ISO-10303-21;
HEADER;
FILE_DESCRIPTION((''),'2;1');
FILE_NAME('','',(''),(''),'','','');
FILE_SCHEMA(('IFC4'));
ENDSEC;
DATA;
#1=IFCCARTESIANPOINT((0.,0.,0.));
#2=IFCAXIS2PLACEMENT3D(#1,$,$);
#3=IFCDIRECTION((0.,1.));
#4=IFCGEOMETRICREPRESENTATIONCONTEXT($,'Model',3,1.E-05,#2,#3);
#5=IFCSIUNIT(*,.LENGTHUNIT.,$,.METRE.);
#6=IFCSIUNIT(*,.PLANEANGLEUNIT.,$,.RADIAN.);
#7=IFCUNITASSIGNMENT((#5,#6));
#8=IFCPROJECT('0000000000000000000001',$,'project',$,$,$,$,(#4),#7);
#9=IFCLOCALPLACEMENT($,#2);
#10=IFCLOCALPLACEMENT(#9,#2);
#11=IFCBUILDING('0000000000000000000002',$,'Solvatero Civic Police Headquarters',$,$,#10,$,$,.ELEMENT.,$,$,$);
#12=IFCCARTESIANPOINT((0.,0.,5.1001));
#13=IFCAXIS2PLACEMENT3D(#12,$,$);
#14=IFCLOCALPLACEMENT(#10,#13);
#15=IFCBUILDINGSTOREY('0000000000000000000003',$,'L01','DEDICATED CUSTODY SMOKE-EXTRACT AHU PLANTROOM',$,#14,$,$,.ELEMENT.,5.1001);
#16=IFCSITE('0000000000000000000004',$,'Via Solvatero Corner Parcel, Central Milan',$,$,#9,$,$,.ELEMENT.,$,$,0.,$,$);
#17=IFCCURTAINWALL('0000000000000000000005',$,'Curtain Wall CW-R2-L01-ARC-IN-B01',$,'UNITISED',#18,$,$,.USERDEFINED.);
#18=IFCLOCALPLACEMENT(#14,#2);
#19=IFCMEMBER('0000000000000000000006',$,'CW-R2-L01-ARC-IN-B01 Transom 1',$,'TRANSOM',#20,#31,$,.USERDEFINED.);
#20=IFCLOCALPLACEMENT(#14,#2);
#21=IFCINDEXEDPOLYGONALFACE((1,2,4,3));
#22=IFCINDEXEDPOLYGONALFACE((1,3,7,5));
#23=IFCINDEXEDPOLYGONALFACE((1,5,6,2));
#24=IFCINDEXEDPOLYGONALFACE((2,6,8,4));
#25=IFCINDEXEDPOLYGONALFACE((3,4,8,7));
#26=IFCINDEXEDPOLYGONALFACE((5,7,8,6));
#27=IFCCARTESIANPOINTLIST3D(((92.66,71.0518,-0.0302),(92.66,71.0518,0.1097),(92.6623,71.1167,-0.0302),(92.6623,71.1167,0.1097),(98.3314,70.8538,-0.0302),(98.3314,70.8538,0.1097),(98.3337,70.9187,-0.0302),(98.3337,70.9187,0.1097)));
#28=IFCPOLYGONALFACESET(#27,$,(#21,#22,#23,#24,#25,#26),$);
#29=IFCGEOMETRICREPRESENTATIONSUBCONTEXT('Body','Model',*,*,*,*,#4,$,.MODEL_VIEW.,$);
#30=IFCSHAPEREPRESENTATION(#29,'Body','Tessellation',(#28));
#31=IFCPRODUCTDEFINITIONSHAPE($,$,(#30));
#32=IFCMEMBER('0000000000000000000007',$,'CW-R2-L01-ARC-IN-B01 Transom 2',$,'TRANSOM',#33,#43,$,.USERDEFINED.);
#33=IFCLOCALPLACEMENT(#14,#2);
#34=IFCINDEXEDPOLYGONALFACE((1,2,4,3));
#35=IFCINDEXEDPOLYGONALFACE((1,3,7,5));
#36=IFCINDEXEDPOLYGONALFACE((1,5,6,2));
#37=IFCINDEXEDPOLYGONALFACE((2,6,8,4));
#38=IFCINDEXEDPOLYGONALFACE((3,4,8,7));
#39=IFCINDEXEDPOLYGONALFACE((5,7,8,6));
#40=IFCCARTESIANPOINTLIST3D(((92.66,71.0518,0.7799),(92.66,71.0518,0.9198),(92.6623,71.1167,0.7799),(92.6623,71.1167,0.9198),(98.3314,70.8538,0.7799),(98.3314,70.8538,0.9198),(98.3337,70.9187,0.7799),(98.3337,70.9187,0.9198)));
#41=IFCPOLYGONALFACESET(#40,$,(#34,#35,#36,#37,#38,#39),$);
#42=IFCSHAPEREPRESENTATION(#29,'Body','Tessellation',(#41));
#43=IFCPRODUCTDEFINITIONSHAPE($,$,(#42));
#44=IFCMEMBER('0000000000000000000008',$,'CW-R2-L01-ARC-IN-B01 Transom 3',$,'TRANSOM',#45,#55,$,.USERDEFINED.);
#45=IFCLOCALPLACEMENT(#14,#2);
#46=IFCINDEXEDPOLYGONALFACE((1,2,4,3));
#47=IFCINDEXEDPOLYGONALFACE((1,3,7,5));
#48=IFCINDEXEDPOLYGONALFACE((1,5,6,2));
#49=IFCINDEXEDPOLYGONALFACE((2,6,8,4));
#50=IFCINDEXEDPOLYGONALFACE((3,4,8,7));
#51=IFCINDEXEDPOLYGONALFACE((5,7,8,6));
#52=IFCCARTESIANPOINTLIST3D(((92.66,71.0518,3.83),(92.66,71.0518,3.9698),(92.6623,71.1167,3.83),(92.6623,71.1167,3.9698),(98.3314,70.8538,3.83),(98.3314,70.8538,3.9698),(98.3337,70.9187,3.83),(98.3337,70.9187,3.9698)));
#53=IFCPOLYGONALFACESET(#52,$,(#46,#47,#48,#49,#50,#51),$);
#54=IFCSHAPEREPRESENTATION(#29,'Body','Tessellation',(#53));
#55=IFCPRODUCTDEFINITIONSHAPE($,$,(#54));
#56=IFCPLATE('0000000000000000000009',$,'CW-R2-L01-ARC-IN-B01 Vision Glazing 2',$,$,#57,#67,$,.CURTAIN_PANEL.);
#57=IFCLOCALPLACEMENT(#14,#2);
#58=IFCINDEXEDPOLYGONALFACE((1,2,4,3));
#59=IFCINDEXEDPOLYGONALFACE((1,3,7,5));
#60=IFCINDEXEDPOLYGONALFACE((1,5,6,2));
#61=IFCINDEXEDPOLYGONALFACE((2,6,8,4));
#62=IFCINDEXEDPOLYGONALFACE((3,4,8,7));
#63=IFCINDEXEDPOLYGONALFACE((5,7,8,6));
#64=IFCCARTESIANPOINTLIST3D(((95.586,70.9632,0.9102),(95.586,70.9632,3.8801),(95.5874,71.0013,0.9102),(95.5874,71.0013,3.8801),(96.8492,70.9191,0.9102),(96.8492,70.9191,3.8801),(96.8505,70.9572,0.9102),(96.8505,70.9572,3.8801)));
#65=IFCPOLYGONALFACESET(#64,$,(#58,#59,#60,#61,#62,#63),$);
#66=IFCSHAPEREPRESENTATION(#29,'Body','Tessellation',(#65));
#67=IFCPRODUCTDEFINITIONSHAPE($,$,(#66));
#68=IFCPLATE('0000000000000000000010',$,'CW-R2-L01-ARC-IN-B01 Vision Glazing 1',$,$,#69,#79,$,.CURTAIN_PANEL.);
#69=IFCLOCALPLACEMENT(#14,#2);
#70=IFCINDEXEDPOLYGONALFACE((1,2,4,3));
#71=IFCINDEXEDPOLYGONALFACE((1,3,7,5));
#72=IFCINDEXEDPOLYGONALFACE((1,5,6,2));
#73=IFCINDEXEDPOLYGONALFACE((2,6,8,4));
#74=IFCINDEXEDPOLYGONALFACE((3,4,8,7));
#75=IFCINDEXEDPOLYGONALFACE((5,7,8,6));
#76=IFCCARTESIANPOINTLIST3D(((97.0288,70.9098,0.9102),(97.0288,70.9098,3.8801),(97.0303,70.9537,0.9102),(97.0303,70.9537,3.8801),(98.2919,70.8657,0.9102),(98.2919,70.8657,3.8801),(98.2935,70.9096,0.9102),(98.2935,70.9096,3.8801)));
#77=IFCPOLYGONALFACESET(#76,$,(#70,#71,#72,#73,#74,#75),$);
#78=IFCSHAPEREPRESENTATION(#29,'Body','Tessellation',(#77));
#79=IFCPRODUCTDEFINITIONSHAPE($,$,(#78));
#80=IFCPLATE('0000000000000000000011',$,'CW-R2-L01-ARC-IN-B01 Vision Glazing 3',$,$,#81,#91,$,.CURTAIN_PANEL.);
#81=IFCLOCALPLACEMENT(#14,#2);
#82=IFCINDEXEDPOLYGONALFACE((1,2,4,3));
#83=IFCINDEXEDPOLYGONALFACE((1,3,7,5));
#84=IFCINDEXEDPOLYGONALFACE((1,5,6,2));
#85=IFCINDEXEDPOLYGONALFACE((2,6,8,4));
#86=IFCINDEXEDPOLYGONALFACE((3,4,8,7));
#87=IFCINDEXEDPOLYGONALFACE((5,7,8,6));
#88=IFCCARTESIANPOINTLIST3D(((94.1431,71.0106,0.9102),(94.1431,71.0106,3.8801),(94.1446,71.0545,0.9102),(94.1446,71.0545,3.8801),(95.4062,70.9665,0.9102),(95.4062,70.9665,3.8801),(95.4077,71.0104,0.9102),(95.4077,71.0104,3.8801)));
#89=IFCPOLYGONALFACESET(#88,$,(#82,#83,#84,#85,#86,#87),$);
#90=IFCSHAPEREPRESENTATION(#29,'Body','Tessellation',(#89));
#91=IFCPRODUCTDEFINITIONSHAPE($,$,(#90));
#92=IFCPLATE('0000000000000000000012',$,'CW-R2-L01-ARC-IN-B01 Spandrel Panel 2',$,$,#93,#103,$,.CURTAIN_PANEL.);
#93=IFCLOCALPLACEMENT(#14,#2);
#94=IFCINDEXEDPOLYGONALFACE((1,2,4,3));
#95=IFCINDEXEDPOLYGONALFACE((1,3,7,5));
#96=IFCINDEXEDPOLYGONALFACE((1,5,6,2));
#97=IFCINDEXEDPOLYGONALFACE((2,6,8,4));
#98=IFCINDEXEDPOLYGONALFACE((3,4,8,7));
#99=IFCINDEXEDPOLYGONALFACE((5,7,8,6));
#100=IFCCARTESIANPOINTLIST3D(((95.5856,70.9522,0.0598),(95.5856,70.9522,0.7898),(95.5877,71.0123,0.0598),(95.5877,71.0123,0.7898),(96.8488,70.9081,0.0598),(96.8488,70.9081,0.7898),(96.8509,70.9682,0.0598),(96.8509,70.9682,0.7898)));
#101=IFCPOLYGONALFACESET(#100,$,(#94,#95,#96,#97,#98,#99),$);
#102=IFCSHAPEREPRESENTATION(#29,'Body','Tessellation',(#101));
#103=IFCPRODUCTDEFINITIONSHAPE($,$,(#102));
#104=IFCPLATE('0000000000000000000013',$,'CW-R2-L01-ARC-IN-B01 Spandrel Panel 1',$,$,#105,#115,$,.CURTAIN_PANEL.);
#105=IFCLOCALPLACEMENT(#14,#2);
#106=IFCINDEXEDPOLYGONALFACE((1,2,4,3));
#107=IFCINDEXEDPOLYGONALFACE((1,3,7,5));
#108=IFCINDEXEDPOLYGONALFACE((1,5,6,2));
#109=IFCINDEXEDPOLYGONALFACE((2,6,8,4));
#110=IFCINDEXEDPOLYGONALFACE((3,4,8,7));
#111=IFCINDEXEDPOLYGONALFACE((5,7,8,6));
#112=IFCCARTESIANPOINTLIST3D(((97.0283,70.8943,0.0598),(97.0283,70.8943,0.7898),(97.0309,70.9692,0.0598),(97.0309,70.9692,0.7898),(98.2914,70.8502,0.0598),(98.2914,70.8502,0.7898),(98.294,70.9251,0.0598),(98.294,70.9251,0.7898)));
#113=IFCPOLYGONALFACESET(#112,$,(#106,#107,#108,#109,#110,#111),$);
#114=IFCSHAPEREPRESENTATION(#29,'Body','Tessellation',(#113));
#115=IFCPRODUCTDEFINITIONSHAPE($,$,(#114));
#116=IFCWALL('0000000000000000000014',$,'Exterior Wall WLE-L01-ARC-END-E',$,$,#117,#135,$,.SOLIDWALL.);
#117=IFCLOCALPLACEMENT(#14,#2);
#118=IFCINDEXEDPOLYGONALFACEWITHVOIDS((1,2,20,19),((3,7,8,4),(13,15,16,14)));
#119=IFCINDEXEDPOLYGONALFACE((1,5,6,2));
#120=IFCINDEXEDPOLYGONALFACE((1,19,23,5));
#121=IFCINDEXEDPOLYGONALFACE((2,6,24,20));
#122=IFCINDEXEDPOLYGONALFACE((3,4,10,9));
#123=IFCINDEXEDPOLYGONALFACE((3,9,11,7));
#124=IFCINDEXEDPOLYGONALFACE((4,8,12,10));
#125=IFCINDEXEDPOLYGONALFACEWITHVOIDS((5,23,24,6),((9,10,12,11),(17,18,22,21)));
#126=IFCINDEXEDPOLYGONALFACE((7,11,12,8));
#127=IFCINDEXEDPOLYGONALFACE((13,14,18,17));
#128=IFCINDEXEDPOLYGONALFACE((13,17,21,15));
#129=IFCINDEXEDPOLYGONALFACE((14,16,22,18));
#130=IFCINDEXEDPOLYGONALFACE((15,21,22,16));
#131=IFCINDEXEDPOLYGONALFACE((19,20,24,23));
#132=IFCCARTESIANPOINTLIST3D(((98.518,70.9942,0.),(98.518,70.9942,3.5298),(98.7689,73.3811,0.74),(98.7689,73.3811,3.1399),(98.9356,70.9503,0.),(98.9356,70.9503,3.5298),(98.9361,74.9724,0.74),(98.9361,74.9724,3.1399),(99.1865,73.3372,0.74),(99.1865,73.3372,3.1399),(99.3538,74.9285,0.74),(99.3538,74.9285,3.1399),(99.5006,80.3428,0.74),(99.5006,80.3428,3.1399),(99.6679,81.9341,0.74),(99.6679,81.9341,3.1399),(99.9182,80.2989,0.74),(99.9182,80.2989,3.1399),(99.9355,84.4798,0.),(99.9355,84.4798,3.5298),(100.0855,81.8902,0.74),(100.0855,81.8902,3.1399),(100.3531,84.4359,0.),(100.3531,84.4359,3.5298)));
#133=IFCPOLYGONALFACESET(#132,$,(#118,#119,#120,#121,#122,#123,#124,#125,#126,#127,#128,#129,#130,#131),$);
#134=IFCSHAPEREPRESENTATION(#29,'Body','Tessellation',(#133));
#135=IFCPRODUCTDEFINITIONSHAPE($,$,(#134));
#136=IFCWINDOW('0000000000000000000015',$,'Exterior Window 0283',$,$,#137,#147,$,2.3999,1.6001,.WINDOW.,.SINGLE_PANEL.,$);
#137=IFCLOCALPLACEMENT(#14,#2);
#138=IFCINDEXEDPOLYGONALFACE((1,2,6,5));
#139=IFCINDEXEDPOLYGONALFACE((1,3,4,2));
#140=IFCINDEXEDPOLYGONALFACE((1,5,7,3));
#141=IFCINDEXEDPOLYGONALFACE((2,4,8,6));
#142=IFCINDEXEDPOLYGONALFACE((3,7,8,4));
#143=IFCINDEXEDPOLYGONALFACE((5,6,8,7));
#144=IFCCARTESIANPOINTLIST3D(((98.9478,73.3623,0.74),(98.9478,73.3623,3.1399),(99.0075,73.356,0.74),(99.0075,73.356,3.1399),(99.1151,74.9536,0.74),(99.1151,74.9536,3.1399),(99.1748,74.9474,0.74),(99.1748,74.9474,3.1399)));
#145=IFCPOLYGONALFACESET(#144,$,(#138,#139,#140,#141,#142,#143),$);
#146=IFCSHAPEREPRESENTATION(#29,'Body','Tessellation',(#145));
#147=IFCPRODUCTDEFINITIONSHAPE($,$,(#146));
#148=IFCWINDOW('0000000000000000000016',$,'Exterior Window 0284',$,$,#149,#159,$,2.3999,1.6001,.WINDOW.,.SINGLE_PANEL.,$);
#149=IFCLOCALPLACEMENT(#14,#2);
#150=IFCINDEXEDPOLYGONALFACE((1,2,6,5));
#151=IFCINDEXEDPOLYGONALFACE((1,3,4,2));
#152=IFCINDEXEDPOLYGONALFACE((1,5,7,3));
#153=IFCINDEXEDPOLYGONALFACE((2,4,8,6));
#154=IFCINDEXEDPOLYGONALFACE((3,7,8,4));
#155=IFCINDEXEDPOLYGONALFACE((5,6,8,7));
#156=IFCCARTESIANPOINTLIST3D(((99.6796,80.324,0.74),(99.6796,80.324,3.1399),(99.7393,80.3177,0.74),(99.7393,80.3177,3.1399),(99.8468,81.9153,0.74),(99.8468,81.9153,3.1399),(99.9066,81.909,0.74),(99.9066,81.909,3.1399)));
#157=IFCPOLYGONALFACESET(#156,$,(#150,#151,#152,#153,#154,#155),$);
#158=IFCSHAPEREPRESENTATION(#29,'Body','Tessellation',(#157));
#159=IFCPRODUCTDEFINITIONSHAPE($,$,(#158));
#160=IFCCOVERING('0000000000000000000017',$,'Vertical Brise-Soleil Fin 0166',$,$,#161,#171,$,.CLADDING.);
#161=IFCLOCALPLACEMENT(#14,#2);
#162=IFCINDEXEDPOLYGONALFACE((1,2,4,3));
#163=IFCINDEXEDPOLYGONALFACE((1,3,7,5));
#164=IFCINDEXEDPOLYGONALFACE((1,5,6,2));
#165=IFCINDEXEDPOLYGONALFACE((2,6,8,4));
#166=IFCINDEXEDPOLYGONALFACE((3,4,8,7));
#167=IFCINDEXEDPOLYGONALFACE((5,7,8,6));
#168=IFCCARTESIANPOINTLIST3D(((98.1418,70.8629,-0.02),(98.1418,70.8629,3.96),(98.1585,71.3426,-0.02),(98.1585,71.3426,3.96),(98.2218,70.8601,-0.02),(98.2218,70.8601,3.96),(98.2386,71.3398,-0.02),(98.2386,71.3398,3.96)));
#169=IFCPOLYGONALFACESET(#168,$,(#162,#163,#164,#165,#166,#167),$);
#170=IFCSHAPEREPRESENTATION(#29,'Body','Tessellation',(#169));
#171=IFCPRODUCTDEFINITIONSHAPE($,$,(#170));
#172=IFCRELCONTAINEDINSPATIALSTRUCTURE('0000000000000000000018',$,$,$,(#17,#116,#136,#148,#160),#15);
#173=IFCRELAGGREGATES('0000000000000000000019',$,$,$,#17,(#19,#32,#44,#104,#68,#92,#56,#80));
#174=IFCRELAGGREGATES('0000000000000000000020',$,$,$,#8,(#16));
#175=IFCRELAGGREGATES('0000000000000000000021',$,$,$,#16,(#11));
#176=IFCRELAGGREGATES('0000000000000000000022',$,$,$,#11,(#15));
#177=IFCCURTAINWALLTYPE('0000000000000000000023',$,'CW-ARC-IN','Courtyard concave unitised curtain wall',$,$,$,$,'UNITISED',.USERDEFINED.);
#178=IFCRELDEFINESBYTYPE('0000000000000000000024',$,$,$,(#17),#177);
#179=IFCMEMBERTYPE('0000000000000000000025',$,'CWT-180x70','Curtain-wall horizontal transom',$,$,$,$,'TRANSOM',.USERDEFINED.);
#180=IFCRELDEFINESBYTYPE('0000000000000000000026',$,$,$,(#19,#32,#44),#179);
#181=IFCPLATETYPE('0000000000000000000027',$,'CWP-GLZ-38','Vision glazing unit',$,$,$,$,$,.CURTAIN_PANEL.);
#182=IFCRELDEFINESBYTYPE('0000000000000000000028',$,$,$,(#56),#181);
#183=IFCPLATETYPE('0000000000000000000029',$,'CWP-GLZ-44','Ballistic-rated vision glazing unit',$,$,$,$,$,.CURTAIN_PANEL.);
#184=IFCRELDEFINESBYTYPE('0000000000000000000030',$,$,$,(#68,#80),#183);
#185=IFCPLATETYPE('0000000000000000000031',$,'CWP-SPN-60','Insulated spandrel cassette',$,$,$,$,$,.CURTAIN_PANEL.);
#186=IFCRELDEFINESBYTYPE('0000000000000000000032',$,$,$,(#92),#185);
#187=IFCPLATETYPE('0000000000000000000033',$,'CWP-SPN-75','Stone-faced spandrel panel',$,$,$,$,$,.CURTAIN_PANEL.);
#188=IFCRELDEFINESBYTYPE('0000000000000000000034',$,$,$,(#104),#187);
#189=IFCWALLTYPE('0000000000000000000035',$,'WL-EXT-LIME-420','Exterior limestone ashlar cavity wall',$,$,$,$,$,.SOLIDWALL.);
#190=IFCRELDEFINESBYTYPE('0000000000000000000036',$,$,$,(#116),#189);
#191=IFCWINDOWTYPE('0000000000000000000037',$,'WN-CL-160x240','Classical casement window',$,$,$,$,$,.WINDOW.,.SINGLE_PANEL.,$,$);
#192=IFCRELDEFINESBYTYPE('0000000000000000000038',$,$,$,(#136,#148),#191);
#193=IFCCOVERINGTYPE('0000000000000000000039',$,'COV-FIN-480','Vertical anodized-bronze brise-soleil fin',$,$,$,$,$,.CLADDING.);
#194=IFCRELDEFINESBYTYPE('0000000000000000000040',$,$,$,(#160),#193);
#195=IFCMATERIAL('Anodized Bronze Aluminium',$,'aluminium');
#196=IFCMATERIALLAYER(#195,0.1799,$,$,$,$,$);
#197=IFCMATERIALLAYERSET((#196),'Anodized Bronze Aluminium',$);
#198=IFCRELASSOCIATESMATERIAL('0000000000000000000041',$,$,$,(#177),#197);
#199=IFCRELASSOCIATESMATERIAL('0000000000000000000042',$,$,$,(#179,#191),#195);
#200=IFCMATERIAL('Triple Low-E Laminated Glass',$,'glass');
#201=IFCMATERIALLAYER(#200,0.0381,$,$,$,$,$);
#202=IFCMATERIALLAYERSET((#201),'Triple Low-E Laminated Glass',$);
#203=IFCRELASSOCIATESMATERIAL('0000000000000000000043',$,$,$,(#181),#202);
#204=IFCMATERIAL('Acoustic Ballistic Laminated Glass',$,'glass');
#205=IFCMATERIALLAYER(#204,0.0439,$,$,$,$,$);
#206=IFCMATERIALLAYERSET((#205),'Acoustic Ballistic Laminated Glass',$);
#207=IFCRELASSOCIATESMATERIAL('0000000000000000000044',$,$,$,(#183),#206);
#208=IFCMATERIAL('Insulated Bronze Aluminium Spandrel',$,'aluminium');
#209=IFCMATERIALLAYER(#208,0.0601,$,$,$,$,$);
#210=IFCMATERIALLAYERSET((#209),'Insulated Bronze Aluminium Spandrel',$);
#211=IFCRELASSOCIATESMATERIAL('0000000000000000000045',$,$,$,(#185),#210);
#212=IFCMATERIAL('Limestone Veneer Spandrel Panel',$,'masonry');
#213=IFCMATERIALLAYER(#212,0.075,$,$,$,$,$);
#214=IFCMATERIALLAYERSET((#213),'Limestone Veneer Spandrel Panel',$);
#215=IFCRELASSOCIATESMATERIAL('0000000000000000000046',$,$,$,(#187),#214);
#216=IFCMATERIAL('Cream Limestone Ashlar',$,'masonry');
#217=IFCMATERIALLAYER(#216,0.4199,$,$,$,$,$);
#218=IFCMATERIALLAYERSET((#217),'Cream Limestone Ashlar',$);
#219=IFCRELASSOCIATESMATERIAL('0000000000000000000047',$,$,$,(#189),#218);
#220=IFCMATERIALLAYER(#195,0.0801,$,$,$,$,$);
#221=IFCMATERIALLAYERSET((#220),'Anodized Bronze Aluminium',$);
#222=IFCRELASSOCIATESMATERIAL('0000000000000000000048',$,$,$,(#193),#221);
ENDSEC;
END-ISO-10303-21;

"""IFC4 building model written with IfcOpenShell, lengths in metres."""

from ifc_helpers import new_model, si_unit, direction, frame, frame_2d, origin, origin_2d, place, context, subcontext, project, spatial, rectangle, extrude, material, layer, layer_set, material_profile, profile_set, type_object, element, fill, aggregate, save


model = new_model("IFC4")

# Units and contexts
model_context = context("Model", 3, precision=1e-05, world=origin(), true_north=direction((0.0, 1.0)))
body_context = subcontext(model_context, "Body", "Model", "MODEL_VIEW")
ifc_project = project(units=[si_unit("LENGTHUNIT", "METRE"), si_unit("PLANEANGLEUNIT", "RADIAN")], contexts=[model_context])

# Site, building, storey
site_placement = place(None, origin())
site = spatial("IfcSite", under=ifc_project, at=site_placement, Name="Via Solvatero Corner Parcel, Central Milan", CompositionType="ELEMENT", RefElevation=0.0)
building_placement = place(site_placement, origin())
building = spatial("IfcBuilding", under=site, at=building_placement, Name="Solvatero Civic Police Headquarters", CompositionType="ELEMENT")
storey_placement = place(building_placement, frame((0.0, 0.0, 5.1001)))
storey = spatial("IfcBuildingStorey", under=building, at=storey_placement, Name="L01", Description="DEDICATED CUSTODY SMOKE-EXTRACT AHU PLANTROOM", CompositionType="ELEMENT", Elevation=5.1001)

# Curtain wall, members, plates
ifc_material_1 = material(Name="Anodized Bronze Aluminium", Category="aluminium")
ifc_layer_1 = layer(ifc_material_1, 0.1799)
ifc_layer_set_1 = layer_set([ifc_layer_1], Name="Anodized Bronze Aluminium")
curtain_wall_type = type_object("IfcCurtainWallType", Name="CW-ARC-IN", Description="Courtyard concave unitised curtain wall", ElementType="UNITISED", PredefinedType="USERDEFINED", material=ifc_layer_set_1)
curtain_wall_placement = place(storey_placement, origin())
curtain_wall = element("IfcCurtainWall", 1, at=curtain_wall_placement, inside=storey, type_object=curtain_wall_type, Name="Curtain Wall CW-R2-L01-ARC-IN-B01", ObjectType="UNITISED", PredefinedType="USERDEFINED")
ifc_material_profile_1 = material_profile(ifc_material_1, rectangle(XDim=0.0649, YDim=0.1399, at=origin_2d()), Name="ALU TRANSOM 65x140")
ifc_profile_set_1 = profile_set([ifc_material_profile_1], Name="Anodized Bronze Aluminium")
member_type_1 = type_object("IfcMemberType", Name="CWT-180x70", Description="Curtain-wall horizontal transom", ElementType="TRANSOM", PredefinedType="USERDEFINED", material=ifc_profile_set_1)
member_1_placement = place(storey_placement, frame((98.3325, 70.8862, 0.0398), z_axis=(-0.999391, 0.03489, 0.0), x_axis=(-0.03489, -0.999391, 0.0)))
member_1 = element("IfcMember", 2, at=member_1_placement, type_object=member_type_1, Name="CW-R2-L01-ARC-IN-B01 Transom 1", ObjectType="TRANSOM", PredefinedType="USERDEFINED", context=body_context, shape_type="SweptSolid", body=[
    extrude(rectangle(XDim=0.0649, YDim=0.1399, at=origin_2d()), origin(), (0.0, 0.0, 1.0), 5.6748),
])
member_2_placement = place(storey_placement, frame((98.3325, 70.8862, 0.8499), z_axis=(-0.999391, 0.03489, 0.0), x_axis=(-0.03489, -0.999391, 0.0)))
member_2 = element("IfcMember", 3, at=member_2_placement, type_object=member_type_1, Name="CW-R2-L01-ARC-IN-B01 Transom 2", ObjectType="TRANSOM", PredefinedType="USERDEFINED", context=body_context, shape_type="SweptSolid", body=[
    extrude(rectangle(XDim=0.0649, YDim=0.1399, at=origin_2d()), origin(), (0.0, 0.0, 1.0), 5.6748),
])
member_3_placement = place(storey_placement, frame((98.3325, 70.8862, 3.8999), z_axis=(-0.999391, 0.03489, 0.0), x_axis=(-0.03489, -0.999391, 0.0)))
member_3 = element("IfcMember", 4, at=member_3_placement, type_object=member_type_1, Name="CW-R2-L01-ARC-IN-B01 Transom 3", ObjectType="TRANSOM", PredefinedType="USERDEFINED", context=body_context, shape_type="SweptSolid", body=[
    extrude(rectangle(XDim=0.0649, YDim=0.1399, at=origin_2d()), origin(), (0.0, 0.0, 1.0), 5.6748),
])
ifc_material_2 = material(Name="Triple Low-E Laminated Glass", Category="glass")
ifc_layer_2 = layer(ifc_material_2, 0.0381)
ifc_layer_set_2 = layer_set([ifc_layer_2], Name="Triple Low-E Laminated Glass")
plate_type_1 = type_object("IfcPlateType", Name="CWP-GLZ-38", Description="Vision glazing unit", PredefinedType="CURTAIN_PANEL", material=ifc_layer_set_2)
plate_1_placement = place(storey_placement, frame((96.2183, 70.9602, 0.9102), z_axis=(0.0, 0.0, 1.0), x_axis=(-0.999391, 0.034899, 0.0)))
plate_1 = element("IfcPlate", 5, at=plate_1_placement, type_object=plate_type_1, Name="CW-R2-L01-ARC-IN-B01 Vision Glazing 2", PredefinedType="CURTAIN_PANEL", context=body_context, shape_type="SweptSolid", body=[
    extrude(rectangle(XDim=1.2639, YDim=0.0381, at=origin_2d()), origin(), (0.0, 0.0, 1.0), 2.97),
])
ifc_material_3 = material(Name="Acoustic Ballistic Laminated Glass", Category="glass")
ifc_layer_3 = layer(ifc_material_3, 0.0439)
ifc_layer_set_3 = layer_set([ifc_layer_3], Name="Acoustic Ballistic Laminated Glass")
plate_type_2 = type_object("IfcPlateType", Name="CWP-GLZ-44", Description="Ballistic-rated vision glazing unit", PredefinedType="CURTAIN_PANEL", material=ifc_layer_set_3)
plate_2_placement = place(storey_placement, frame((97.6611, 70.9097, 0.9102), z_axis=(0.0, 0.0, 1.0), x_axis=(-0.999391, 0.034899, 0.0)))
plate_2 = element("IfcPlate", 6, at=plate_2_placement, type_object=plate_type_2, Name="CW-R2-L01-ARC-IN-B01 Vision Glazing 1", PredefinedType="CURTAIN_PANEL", context=body_context, shape_type="SweptSolid", body=[
    extrude(rectangle(XDim=1.2639, YDim=0.0439, at=origin_2d()), origin(), (0.0, 0.0, 1.0), 2.97),
])
plate_3_placement = place(storey_placement, frame((94.7754, 71.0105, 0.9102), z_axis=(0.0, 0.0, 1.0), x_axis=(-0.999391, 0.034899, 0.0)))
plate_3 = element("IfcPlate", 7, at=plate_3_placement, type_object=plate_type_2, Name="CW-R2-L01-ARC-IN-B01 Vision Glazing 3", PredefinedType="CURTAIN_PANEL", context=body_context, shape_type="SweptSolid", body=[
    extrude(rectangle(XDim=1.2639, YDim=0.0439, at=origin_2d()), origin(), (0.0, 0.0, 1.0), 2.97),
])
ifc_material_4 = material(Name="Insulated Bronze Aluminium Spandrel", Category="aluminium")
ifc_layer_4 = layer(ifc_material_4, 0.0601)
ifc_layer_set_4 = layer_set([ifc_layer_4], Name="Insulated Bronze Aluminium Spandrel")
plate_type_3 = type_object("IfcPlateType", Name="CWP-SPN-60", Description="Insulated spandrel cassette", PredefinedType="CURTAIN_PANEL", material=ifc_layer_set_4)
plate_4_placement = place(storey_placement, frame((96.2183, 70.9602, 0.0598), z_axis=(0.0, 0.0, 1.0), x_axis=(-0.999391, 0.034899, 0.0)))
plate_4 = element("IfcPlate", 8, at=plate_4_placement, type_object=plate_type_3, Name="CW-R2-L01-ARC-IN-B01 Spandrel Panel 2", PredefinedType="CURTAIN_PANEL", context=body_context, shape_type="SweptSolid", body=[
    extrude(rectangle(XDim=1.2639, YDim=0.0601, at=origin_2d()), origin(), (0.0, 0.0, 1.0), 0.73),
])
ifc_material_5 = material(Name="Limestone Veneer Spandrel Panel", Category="masonry")
ifc_layer_5 = layer(ifc_material_5, 0.075)
ifc_layer_set_5 = layer_set([ifc_layer_5], Name="Limestone Veneer Spandrel Panel")
plate_type_4 = type_object("IfcPlateType", Name="CWP-SPN-75", Description="Stone-faced spandrel panel", PredefinedType="CURTAIN_PANEL", material=ifc_layer_set_5)
plate_5_placement = place(storey_placement, frame((97.6611, 70.9097, 0.0598), z_axis=(0.0, 0.0, 1.0), x_axis=(-0.999391, 0.034899, 0.0)))
plate_5 = element("IfcPlate", 9, at=plate_5_placement, type_object=plate_type_4, Name="CW-R2-L01-ARC-IN-B01 Spandrel Panel 1", PredefinedType="CURTAIN_PANEL", context=body_context, shape_type="SweptSolid", body=[
    extrude(rectangle(XDim=1.2639, YDim=0.075, at=origin_2d()), origin(), (0.0, 0.0, 1.0), 0.73),
])
aggregate(curtain_wall, [member_1, member_2, member_3, plate_5, plate_2, plate_4, plate_1, plate_3])

# Wall, openings, windows
ifc_material_6 = material(Name="Cream Limestone Ashlar", Category="masonry")
ifc_layer_6 = layer(ifc_material_6, 0.4199)
ifc_layer_set_6 = layer_set([ifc_layer_6], Name="Cream Limestone Ashlar")
wall_type = type_object("IfcWallType", Name="WL-EXT-LIME-420", Description="Exterior limestone ashlar cavity wall", PredefinedType="SOLIDWALL", material=ifc_layer_set_6)
wall_placement = place(storey_placement, frame((98.7268, 70.9724, 0.0), z_axis=(0.0, 0.0, 1.0), x_axis=(0.104535, 0.994521, 0.0)))
wall = element("IfcWall", 10, at=wall_placement, inside=storey, type_object=wall_type, Name="Exterior Wall WLE-L01-ARC-END-E", PredefinedType="SOLIDWALL", context=body_context, shape_type="SweptSolid", body=[
    extrude(rectangle(XDim=13.5598, YDim=0.4199, at=frame_2d((6.7798, 0.0))), origin(), (0.0, 0.0, 1.0), 3.5298),
])
opening_1_placement = place(wall_placement, frame((2.3999, 0.0, 0.74)))
opening_1 = element("IfcOpeningElement", 11, at=opening_1_placement, cuts=wall, PredefinedType="OPENING", context=body_context, shape_type="SweptSolid", body=[
    extrude(rectangle(XDim=1.6001, YDim=2.3999, at=frame_2d((0.8, 1.2))), frame((0.0, 0.22, 0.0), z_axis=(0.0, -1.0, 0.0), x_axis=(1.0, 0.0, 0.0)), (0.0, 0.0, 1.0), 0.4399),
])
opening_2_placement = place(wall_placement, frame((9.3999, 0.0, 0.74)))
opening_2 = element("IfcOpeningElement", 12, at=opening_2_placement, cuts=wall, PredefinedType="OPENING", context=body_context, shape_type="SweptSolid", body=[
    extrude(rectangle(XDim=1.6001, YDim=2.3999, at=frame_2d((0.8, 1.2))), frame((0.0, 0.22, 0.0), z_axis=(0.0, -1.0, 0.0), x_axis=(1.0, 0.0, 0.0)), (0.0, 0.0, 1.0), 0.4399),
])
window_type = type_object("IfcWindowType", Name="WN-CL-160x240", Description="Classical casement window", PartitioningType="SINGLE_PANEL", PredefinedType="WINDOW", material=ifc_material_1)
window_1_placement = place(opening_1_placement, origin())
window_1 = element("IfcWindow", 13, at=window_1_placement, inside=storey, type_object=window_type, Name="Exterior Window 0283", OverallHeight=2.3999, OverallWidth=1.6001, PartitioningType="SINGLE_PANEL", PredefinedType="WINDOW", context=body_context, shape_type="SweptSolid", body=[
    extrude(rectangle(XDim=1.6001, YDim=2.3999, at=frame_2d((0.8, 1.2))), frame((0.0, 0.03, 0.0), z_axis=(0.0, -1.0, 0.0), x_axis=(1.0, 0.0, 0.0)), (0.0, 0.0, 1.0), 0.0601),
])
fill(opening_1, window_1)
window_2_placement = place(opening_2_placement, origin())
window_2 = element("IfcWindow", 14, at=window_2_placement, inside=storey, type_object=window_type, Name="Exterior Window 0284", OverallHeight=2.3999, OverallWidth=1.6001, PartitioningType="SINGLE_PANEL", PredefinedType="WINDOW", context=body_context, shape_type="SweptSolid", body=[
    extrude(rectangle(XDim=1.6001, YDim=2.3999, at=frame_2d((0.8, 1.2))), frame((0.0, 0.03, 0.0), z_axis=(0.0, -1.0, 0.0), x_axis=(1.0, 0.0, 0.0)), (0.0, 0.0, 1.0), 0.0601),
])
fill(opening_2, window_2)

# Covering
ifc_layer_7 = layer(ifc_material_1, 0.0801)
ifc_layer_set_7 = layer_set([ifc_layer_7], Name="Anodized Bronze Aluminium")
covering_type = type_object("IfcCoveringType", Name="COV-FIN-480", Description="Vertical anodized-bronze brise-soleil fin", PredefinedType="CLADDING", material=ifc_layer_set_7)
for number, where, z_axis, x_axis, name in (
    (15, (98.1902, 71.1013, -0.02), (0.0, 0.0, 1.0), (-0.999391, 0.034899, 0.0), "Vertical Brise-Soleil Fin 0166"),
):
    element("IfcCovering", number, at=place(storey_placement, frame(where, z_axis=z_axis, x_axis=x_axis)), inside=storey, type_object=covering_type, Name=name, PredefinedType="CLADDING", context=body_context, shape_type="SweptSolid", body=[
        extrude(rectangle(XDim=0.0801, YDim=0.48, at=origin_2d()), origin(), (0.0, 0.0, 1.0), 3.98),
    ])

save(model, "model.ifc")
